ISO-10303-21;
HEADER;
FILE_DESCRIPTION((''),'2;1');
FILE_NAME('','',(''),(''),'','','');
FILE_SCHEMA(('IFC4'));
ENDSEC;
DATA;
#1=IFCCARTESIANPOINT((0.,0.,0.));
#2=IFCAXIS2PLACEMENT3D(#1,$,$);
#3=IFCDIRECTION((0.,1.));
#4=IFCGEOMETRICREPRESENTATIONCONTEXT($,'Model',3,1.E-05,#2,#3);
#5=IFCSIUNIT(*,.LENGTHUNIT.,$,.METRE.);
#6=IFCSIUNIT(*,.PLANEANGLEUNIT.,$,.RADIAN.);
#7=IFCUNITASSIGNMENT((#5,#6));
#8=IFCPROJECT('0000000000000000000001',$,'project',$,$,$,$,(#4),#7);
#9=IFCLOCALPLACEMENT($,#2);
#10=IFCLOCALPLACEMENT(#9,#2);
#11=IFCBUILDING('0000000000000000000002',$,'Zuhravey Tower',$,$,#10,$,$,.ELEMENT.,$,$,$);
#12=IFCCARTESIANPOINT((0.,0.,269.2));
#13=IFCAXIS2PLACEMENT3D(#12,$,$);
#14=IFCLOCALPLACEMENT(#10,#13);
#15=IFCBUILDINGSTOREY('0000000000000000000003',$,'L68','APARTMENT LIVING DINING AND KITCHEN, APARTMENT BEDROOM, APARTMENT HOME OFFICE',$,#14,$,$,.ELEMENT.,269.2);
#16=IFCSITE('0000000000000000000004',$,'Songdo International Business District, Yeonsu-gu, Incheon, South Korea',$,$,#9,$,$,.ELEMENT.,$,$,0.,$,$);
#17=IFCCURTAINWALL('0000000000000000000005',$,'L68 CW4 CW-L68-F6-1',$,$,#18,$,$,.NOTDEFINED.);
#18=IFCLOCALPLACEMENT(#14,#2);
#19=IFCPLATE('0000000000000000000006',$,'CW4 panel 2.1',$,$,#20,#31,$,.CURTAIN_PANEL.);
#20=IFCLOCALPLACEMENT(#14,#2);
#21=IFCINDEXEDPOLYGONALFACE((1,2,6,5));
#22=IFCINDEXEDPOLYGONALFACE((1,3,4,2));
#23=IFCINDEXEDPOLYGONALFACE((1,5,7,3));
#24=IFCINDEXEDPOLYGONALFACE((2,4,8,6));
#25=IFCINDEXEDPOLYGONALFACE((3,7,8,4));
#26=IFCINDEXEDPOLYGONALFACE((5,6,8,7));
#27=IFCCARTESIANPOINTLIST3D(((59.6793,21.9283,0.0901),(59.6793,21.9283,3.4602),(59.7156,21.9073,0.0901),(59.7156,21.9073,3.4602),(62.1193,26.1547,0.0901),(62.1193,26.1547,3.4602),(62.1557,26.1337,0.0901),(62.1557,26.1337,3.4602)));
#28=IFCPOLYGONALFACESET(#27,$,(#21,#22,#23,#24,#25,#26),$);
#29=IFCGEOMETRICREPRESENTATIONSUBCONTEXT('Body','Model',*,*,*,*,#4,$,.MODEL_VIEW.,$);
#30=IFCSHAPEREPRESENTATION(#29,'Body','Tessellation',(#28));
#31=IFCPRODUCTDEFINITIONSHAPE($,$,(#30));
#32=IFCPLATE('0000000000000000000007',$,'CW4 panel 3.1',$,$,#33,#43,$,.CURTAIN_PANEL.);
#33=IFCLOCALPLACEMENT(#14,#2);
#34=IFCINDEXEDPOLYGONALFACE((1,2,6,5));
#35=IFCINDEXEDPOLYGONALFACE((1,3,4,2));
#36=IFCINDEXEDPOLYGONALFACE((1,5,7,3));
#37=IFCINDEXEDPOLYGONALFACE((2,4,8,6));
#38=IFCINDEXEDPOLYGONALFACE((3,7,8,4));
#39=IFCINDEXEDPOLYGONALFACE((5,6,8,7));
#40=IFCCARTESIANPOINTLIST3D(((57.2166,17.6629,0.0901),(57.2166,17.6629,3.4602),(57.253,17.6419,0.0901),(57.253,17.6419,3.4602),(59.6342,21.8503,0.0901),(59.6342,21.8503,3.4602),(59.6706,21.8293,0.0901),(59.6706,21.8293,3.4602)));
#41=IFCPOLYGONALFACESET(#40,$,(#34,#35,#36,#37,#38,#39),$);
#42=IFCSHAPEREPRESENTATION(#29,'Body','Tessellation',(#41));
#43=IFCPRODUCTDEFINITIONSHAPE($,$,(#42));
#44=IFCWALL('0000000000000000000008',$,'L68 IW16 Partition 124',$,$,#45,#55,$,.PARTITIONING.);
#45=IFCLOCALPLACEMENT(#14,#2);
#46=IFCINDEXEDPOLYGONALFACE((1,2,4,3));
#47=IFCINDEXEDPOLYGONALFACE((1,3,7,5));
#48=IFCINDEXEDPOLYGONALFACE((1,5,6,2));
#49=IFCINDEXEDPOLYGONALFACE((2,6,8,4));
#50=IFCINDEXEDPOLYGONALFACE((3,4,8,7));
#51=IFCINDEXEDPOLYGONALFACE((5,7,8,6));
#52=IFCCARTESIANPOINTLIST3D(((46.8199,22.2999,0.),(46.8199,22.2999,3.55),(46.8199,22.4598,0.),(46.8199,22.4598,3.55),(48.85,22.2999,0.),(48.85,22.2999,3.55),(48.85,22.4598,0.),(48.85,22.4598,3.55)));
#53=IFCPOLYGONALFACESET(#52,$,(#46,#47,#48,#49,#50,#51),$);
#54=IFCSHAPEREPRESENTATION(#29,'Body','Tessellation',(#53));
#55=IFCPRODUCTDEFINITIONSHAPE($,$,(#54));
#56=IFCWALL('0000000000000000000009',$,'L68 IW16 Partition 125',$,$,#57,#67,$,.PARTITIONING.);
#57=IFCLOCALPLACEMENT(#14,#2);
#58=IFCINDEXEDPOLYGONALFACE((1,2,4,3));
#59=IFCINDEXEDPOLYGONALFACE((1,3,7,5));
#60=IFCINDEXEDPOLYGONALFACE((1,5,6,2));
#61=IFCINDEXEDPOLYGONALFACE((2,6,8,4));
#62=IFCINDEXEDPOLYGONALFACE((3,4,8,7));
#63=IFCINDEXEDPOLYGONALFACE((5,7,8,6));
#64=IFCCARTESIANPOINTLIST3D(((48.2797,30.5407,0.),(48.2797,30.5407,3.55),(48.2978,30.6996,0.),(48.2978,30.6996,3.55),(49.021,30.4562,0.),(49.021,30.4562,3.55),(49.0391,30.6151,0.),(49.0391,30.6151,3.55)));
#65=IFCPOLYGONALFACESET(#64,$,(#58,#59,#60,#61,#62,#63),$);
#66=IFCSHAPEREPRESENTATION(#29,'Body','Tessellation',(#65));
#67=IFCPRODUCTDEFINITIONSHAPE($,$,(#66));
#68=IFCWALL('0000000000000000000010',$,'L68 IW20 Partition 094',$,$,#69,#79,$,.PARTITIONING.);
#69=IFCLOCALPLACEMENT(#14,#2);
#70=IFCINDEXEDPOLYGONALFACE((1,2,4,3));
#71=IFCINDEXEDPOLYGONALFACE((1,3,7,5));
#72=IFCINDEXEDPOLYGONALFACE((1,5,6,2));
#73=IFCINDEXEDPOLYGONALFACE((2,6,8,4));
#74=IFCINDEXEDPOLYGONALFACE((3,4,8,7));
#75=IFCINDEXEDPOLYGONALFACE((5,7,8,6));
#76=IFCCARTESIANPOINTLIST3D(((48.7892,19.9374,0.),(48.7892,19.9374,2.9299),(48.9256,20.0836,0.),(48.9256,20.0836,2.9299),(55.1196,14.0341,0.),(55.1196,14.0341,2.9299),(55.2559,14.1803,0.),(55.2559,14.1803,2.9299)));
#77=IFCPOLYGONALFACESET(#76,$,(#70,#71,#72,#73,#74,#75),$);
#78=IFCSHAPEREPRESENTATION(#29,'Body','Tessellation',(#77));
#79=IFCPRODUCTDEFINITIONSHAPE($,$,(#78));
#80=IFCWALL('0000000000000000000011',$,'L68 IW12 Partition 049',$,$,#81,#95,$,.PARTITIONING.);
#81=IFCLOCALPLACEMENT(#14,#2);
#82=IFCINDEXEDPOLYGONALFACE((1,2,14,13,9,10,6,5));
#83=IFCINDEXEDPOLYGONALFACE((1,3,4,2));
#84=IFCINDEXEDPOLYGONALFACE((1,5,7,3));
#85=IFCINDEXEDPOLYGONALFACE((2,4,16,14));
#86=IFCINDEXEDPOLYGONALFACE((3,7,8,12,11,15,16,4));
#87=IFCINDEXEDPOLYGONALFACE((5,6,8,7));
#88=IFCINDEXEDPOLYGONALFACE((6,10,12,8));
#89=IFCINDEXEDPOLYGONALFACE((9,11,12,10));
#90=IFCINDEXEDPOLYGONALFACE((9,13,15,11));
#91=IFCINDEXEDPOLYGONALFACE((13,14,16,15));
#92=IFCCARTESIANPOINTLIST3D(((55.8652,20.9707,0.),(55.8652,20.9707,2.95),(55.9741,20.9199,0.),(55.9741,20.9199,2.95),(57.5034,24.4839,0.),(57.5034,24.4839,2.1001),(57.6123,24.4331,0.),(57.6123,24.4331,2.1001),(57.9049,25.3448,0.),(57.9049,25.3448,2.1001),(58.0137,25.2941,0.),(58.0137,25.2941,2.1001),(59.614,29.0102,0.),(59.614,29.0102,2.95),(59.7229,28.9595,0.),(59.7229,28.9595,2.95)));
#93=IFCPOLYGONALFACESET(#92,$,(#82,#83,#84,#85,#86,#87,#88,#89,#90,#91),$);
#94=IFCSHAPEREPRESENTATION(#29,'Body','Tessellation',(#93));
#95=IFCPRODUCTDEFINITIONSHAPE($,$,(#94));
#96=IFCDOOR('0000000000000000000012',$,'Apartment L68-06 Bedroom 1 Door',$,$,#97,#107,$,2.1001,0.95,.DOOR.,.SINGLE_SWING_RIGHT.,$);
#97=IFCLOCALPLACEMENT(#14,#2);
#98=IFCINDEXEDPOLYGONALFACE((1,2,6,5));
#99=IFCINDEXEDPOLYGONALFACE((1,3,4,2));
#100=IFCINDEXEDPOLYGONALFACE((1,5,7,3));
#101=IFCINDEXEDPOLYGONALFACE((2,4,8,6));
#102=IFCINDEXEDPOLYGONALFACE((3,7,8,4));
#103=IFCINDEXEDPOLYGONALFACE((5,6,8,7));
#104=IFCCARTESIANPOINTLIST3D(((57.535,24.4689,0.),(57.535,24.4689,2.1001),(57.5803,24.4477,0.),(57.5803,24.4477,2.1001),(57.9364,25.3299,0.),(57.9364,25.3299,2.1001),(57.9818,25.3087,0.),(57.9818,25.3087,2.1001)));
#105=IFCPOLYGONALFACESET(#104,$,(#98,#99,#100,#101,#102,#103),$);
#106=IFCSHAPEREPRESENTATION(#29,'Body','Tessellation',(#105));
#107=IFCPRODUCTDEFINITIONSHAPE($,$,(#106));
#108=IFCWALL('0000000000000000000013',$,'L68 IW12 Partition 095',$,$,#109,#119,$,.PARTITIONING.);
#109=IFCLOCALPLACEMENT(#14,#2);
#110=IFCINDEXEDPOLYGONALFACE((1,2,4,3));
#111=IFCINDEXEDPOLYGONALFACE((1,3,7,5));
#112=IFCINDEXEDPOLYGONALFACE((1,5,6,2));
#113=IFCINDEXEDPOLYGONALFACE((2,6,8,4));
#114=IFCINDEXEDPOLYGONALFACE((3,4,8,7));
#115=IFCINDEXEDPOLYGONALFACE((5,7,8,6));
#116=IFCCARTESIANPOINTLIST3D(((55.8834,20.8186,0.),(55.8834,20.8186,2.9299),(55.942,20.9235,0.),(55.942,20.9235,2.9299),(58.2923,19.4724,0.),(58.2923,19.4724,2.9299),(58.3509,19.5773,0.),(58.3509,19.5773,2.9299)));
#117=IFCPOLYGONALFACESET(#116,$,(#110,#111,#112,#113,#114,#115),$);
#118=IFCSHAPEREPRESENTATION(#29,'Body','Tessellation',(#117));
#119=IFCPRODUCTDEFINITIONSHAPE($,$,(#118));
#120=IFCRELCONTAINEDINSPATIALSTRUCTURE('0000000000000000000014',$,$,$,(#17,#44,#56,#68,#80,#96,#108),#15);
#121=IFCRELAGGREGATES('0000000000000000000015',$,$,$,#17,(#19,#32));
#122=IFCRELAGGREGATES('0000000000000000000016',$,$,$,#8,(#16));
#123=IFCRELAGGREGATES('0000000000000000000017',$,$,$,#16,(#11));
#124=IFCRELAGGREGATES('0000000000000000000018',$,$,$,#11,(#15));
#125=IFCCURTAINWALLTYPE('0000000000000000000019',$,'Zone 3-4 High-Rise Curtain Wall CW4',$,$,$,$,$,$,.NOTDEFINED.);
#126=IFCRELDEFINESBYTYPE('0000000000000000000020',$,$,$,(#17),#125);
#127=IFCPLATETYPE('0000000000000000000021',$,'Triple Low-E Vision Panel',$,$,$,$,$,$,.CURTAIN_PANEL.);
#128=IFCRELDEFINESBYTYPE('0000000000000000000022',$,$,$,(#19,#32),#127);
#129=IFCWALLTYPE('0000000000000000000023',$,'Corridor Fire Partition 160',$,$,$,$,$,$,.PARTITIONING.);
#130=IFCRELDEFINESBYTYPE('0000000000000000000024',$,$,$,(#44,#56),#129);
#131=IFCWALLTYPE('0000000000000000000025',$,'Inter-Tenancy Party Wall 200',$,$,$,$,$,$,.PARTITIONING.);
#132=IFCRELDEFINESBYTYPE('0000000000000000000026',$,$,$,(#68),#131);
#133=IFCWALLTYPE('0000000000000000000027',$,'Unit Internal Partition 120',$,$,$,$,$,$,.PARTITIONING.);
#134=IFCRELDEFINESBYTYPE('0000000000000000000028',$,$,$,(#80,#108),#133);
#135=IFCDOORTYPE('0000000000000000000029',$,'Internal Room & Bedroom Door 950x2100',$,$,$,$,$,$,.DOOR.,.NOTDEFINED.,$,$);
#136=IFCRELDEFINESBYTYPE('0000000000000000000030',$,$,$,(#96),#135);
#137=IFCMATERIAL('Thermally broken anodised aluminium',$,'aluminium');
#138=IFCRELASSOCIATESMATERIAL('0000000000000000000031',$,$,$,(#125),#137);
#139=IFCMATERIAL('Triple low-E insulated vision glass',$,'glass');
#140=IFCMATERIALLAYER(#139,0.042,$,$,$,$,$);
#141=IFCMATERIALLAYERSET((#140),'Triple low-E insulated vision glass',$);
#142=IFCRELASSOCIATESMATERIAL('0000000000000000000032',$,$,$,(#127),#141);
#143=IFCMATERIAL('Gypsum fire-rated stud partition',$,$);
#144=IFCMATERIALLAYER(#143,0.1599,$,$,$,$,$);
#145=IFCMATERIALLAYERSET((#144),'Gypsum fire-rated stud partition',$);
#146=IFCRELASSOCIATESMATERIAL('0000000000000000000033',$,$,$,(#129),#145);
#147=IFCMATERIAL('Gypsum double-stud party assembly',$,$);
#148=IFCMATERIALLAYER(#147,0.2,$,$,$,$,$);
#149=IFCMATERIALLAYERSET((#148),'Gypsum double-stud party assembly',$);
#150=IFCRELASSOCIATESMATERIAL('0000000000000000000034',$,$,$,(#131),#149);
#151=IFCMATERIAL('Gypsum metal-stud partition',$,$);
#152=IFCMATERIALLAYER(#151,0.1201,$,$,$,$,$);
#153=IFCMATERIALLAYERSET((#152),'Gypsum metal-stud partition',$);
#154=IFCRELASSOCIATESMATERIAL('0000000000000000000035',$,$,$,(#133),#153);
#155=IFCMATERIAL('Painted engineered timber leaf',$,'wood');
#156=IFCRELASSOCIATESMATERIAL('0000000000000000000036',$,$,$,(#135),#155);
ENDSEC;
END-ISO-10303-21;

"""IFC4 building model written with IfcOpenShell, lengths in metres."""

from ifc_helpers import new_model, si_unit, direction, frame, frame_2d, origin, origin_2d, place, context, subcontext, project, spatial, rectangle, extrude, material, layer, layer_set, type_object, element, fill, aggregate, save


model = new_model("IFC4")

# Units and contexts
model_context = context("Model", 3, precision=1e-05, world=origin(), true_north=direction((0.0, 1.0)))
body_context = subcontext(model_context, "Body", "Model", "MODEL_VIEW")
ifc_project = project(units=[si_unit("LENGTHUNIT", "METRE"), si_unit("PLANEANGLEUNIT", "RADIAN")], contexts=[model_context])

# Site, building, storey
site_placement = place(None, origin())
site = spatial("IfcSite", under=ifc_project, at=site_placement, Name="Songdo International Business District, Yeonsu-gu, Incheon, South Korea", CompositionType="ELEMENT", RefElevation=0.0)
building_placement = place(site_placement, origin())
building = spatial("IfcBuilding", under=site, at=building_placement, Name="Zuhravey Tower", CompositionType="ELEMENT")
storey_placement = place(building_placement, frame((0.0, 0.0, 269.2)))
storey = spatial("IfcBuildingStorey", under=building, at=storey_placement, Name="L68", Description="APARTMENT LIVING DINING AND KITCHEN, APARTMENT BEDROOM, APARTMENT HOME OFFICE", CompositionType="ELEMENT", Elevation=269.2)

# Curtain wall
ifc_material_1 = material(Name="Thermally broken anodised aluminium", Category="aluminium")
curtain_wall_type = type_object("IfcCurtainWallType", Name="Zone 3-4 High-Rise Curtain Wall CW4", PredefinedType="NOTDEFINED", material=ifc_material_1)
curtain_wall_placement = place(storey_placement, origin())
curtain_wall = element("IfcCurtainWall", 1, at=curtain_wall_placement, inside=storey, type_object=curtain_wall_type, Name="L68 CW4 CW-L68-F6-1", PredefinedType="NOTDEFINED")

# Plates
ifc_material_2 = material(Name="Triple low-E insulated vision glass", Category="glass")
ifc_layer_1 = layer(ifc_material_2, 0.042)
ifc_layer_set_1 = layer_set([ifc_layer_1], Name="Triple low-E insulated vision glass")
plate_type_1 = type_object("IfcPlateType", Name="Triple Low-E Vision Panel", PredefinedType="CURTAIN_PANEL", material=ifc_layer_set_1)
plate_1_placement = place(storey_placement, frame((60.9175, 24.031, 0.0901), z_axis=(0.0, 0.0, 1.0), x_axis=(-0.499999, -0.866026, 0.0)))
plate_1 = element("IfcPlate", 2, at=plate_1_placement, type_object=plate_type_1, Name="CW4 panel 2.1", PredefinedType="CURTAIN_PANEL", context=body_context, shape_type="SweptSolid", body=[
    extrude(rectangle(XDim=4.8801, YDim=0.042, at=origin_2d()), origin(), (0.0, 0.0, 1.0), 3.3701),
])
plate_2_placement = place(storey_placement, frame((58.4436, 19.7461, 0.0901), z_axis=(0.0, 0.0, 1.0), x_axis=(-0.499999, -0.866026, 0.0)))
plate_2 = element("IfcPlate", 3, at=plate_2_placement, type_object=plate_type_1, Name="CW4 panel 3.1", PredefinedType="CURTAIN_PANEL", context=body_context, shape_type="SweptSolid", body=[
    extrude(rectangle(XDim=4.8352, YDim=0.042, at=origin_2d()), origin(), (0.0, 0.0, 1.0), 3.3701),
])
aggregate(curtain_wall, [plate_1, plate_2])

# Shared definitions
ifc_material_3 = material(Name="Gypsum fire-rated stud partition")
ifc_layer_2 = layer(ifc_material_3, 0.1599)
ifc_layer_set_2 = layer_set([ifc_layer_2], Name="Gypsum fire-rated stud partition")
wall_type_1 = type_object("IfcWallType", Name="Corridor Fire Partition 160", PredefinedType="PARTITIONING", material=ifc_layer_set_2)

# Walls
wall_1_placement = place(storey_placement, frame((48.8501, 22.3799, 0.0), z_axis=(0.0, 0.0, 1.0), x_axis=(-1.0, 0.0, 0.0)))
element("IfcWall", 4, at=wall_1_placement, inside=storey, type_object=wall_type_1, Name="L68 IW16 Partition 124", PredefinedType="PARTITIONING", context=body_context, shape_type="SweptSolid", body=[
    extrude(rectangle(XDim=2.03, YDim=0.1599, at=frame_2d((1.0151, 0.0))), origin(), (0.0, 0.0, 1.0), 3.55),
])
wall_2_placement = place(storey_placement, frame((49.03, 30.5356, 0.0), z_axis=(0.0, 0.0, 1.0), x_axis=(-0.993568, 0.113233, 0.0)))
element("IfcWall", 5, at=wall_2_placement, inside=storey, type_object=wall_type_1, Name="L68 IW16 Partition 125", PredefinedType="PARTITIONING", context=body_context, shape_type="SweptSolid", body=[
    extrude(rectangle(XDim=0.7461, YDim=0.1599, at=frame_2d((0.373, 0.0))), origin(), (0.0, 0.0, 1.0), 3.55),
])
ifc_material_4 = material(Name="Gypsum double-stud party assembly")
ifc_layer_3 = layer(ifc_material_4, 0.2)
ifc_layer_set_3 = layer_set([ifc_layer_3], Name="Gypsum double-stud party assembly")
wall_type_2 = type_object("IfcWallType", Name="Inter-Tenancy Party Wall 200", PredefinedType="PARTITIONING", material=ifc_layer_set_3)
wall_3_placement = place(storey_placement, frame((48.8574, 20.0105, 0.0), z_axis=(0.0, 0.0, 1.0), x_axis=(0.731342, -0.682011, 0.0)))
element("IfcWall", 6, at=wall_3_placement, inside=storey, type_object=wall_type_2, Name="L68 IW20 Partition 094", PredefinedType="PARTITIONING", context=body_context, shape_type="SweptSolid", body=[
    extrude(rectangle(XDim=8.6558, YDim=0.2, at=frame_2d((4.3279, 0.0))), origin(), (0.0, 0.0, 1.0), 2.9299),
])

# Wall, opening, door
ifc_material_5 = material(Name="Gypsum metal-stud partition")
ifc_layer_4 = layer(ifc_material_5, 0.1201)
ifc_layer_set_4 = layer_set([ifc_layer_4], Name="Gypsum metal-stud partition")
wall_type_3 = type_object("IfcWallType", Name="Unit Internal Partition 120", PredefinedType="PARTITIONING", material=ifc_layer_set_4)
wall_4_placement = place(storey_placement, frame((55.9197, 20.9453, 0.0), z_axis=(0.0, 0.0, 1.0), x_axis=(0.422607, 0.906313, 0.0)))
wall_4 = element("IfcWall", 7, at=wall_4_placement, inside=storey, type_object=wall_type_3, Name="L68 IW12 Partition 049", PredefinedType="PARTITIONING", context=body_context, shape_type="SweptSolid", body=[
    extrude(rectangle(XDim=8.8706, YDim=0.1201, at=frame_2d((4.4353, 0.0))), origin(), (0.0, 0.0, 1.0), 2.95),
])
opening_1_placement = place(wall_4_placement, frame((3.8762, 0.0, 0.0)))
opening_1 = element("IfcOpeningElement", 8, at=opening_1_placement, cuts=wall_4, PredefinedType="OPENING", context=body_context, shape_type="SweptSolid", body=[
    extrude(rectangle(XDim=0.95, YDim=2.1001, at=frame_2d((0.4751, 1.05))), frame((0.0, 0.072, 0.0), z_axis=(0.0, -1.0, 0.0), x_axis=(1.0, 0.0, 0.0)), (0.0, 0.0, 1.0), 0.144),
])
ifc_material_6 = material(Name="Painted engineered timber leaf", Category="wood")
door_type_1 = type_object("IfcDoorType", Name="Internal Room & Bedroom Door 950x2100", OperationType="NOTDEFINED", PredefinedType="DOOR", material=ifc_material_6)
door_1_placement = place(opening_1_placement, frame((0.95, 0.0, 0.0), z_axis=(0.0, 0.0, 1.0), x_axis=(-1.0, 0.0, 0.0)))
door_1 = element("IfcDoor", 9, at=door_1_placement, inside=storey, type_object=door_type_1, Name="Apartment L68-06 Bedroom 1 Door", OperationType="SINGLE_SWING_RIGHT", OverallHeight=2.1001, OverallWidth=0.95, PredefinedType="DOOR", context=body_context, shape_type="SweptSolid", body=[
    extrude(rectangle(XDim=0.95, YDim=2.1001, at=frame_2d((0.4751, 1.05))), frame((0.0, 0.0249, 0.0), z_axis=(0.0, -1.0, 0.0), x_axis=(1.0, 0.0, 0.0)), (0.0, 0.0, 1.0), 0.05),
])
fill(opening_1, door_1)

# Wall
wall_5_placement = place(storey_placement, frame((55.9126, 20.8711, 0.0), z_axis=(0.0, 0.0, 1.0), x_axis=(0.87294, -0.487827, 0.0)))
element("IfcWall", 10, at=wall_5_placement, inside=storey, type_object=wall_type_3, Name="L68 IW12 Partition 095", PredefinedType="PARTITIONING", context=body_context, shape_type="SweptSolid", body=[
    extrude(rectangle(XDim=2.7595, YDim=0.1201, at=frame_2d((1.3799, 0.0))), origin(), (0.0, 0.0, 1.0), 2.9299),
])

save(model, "model.ifc")
